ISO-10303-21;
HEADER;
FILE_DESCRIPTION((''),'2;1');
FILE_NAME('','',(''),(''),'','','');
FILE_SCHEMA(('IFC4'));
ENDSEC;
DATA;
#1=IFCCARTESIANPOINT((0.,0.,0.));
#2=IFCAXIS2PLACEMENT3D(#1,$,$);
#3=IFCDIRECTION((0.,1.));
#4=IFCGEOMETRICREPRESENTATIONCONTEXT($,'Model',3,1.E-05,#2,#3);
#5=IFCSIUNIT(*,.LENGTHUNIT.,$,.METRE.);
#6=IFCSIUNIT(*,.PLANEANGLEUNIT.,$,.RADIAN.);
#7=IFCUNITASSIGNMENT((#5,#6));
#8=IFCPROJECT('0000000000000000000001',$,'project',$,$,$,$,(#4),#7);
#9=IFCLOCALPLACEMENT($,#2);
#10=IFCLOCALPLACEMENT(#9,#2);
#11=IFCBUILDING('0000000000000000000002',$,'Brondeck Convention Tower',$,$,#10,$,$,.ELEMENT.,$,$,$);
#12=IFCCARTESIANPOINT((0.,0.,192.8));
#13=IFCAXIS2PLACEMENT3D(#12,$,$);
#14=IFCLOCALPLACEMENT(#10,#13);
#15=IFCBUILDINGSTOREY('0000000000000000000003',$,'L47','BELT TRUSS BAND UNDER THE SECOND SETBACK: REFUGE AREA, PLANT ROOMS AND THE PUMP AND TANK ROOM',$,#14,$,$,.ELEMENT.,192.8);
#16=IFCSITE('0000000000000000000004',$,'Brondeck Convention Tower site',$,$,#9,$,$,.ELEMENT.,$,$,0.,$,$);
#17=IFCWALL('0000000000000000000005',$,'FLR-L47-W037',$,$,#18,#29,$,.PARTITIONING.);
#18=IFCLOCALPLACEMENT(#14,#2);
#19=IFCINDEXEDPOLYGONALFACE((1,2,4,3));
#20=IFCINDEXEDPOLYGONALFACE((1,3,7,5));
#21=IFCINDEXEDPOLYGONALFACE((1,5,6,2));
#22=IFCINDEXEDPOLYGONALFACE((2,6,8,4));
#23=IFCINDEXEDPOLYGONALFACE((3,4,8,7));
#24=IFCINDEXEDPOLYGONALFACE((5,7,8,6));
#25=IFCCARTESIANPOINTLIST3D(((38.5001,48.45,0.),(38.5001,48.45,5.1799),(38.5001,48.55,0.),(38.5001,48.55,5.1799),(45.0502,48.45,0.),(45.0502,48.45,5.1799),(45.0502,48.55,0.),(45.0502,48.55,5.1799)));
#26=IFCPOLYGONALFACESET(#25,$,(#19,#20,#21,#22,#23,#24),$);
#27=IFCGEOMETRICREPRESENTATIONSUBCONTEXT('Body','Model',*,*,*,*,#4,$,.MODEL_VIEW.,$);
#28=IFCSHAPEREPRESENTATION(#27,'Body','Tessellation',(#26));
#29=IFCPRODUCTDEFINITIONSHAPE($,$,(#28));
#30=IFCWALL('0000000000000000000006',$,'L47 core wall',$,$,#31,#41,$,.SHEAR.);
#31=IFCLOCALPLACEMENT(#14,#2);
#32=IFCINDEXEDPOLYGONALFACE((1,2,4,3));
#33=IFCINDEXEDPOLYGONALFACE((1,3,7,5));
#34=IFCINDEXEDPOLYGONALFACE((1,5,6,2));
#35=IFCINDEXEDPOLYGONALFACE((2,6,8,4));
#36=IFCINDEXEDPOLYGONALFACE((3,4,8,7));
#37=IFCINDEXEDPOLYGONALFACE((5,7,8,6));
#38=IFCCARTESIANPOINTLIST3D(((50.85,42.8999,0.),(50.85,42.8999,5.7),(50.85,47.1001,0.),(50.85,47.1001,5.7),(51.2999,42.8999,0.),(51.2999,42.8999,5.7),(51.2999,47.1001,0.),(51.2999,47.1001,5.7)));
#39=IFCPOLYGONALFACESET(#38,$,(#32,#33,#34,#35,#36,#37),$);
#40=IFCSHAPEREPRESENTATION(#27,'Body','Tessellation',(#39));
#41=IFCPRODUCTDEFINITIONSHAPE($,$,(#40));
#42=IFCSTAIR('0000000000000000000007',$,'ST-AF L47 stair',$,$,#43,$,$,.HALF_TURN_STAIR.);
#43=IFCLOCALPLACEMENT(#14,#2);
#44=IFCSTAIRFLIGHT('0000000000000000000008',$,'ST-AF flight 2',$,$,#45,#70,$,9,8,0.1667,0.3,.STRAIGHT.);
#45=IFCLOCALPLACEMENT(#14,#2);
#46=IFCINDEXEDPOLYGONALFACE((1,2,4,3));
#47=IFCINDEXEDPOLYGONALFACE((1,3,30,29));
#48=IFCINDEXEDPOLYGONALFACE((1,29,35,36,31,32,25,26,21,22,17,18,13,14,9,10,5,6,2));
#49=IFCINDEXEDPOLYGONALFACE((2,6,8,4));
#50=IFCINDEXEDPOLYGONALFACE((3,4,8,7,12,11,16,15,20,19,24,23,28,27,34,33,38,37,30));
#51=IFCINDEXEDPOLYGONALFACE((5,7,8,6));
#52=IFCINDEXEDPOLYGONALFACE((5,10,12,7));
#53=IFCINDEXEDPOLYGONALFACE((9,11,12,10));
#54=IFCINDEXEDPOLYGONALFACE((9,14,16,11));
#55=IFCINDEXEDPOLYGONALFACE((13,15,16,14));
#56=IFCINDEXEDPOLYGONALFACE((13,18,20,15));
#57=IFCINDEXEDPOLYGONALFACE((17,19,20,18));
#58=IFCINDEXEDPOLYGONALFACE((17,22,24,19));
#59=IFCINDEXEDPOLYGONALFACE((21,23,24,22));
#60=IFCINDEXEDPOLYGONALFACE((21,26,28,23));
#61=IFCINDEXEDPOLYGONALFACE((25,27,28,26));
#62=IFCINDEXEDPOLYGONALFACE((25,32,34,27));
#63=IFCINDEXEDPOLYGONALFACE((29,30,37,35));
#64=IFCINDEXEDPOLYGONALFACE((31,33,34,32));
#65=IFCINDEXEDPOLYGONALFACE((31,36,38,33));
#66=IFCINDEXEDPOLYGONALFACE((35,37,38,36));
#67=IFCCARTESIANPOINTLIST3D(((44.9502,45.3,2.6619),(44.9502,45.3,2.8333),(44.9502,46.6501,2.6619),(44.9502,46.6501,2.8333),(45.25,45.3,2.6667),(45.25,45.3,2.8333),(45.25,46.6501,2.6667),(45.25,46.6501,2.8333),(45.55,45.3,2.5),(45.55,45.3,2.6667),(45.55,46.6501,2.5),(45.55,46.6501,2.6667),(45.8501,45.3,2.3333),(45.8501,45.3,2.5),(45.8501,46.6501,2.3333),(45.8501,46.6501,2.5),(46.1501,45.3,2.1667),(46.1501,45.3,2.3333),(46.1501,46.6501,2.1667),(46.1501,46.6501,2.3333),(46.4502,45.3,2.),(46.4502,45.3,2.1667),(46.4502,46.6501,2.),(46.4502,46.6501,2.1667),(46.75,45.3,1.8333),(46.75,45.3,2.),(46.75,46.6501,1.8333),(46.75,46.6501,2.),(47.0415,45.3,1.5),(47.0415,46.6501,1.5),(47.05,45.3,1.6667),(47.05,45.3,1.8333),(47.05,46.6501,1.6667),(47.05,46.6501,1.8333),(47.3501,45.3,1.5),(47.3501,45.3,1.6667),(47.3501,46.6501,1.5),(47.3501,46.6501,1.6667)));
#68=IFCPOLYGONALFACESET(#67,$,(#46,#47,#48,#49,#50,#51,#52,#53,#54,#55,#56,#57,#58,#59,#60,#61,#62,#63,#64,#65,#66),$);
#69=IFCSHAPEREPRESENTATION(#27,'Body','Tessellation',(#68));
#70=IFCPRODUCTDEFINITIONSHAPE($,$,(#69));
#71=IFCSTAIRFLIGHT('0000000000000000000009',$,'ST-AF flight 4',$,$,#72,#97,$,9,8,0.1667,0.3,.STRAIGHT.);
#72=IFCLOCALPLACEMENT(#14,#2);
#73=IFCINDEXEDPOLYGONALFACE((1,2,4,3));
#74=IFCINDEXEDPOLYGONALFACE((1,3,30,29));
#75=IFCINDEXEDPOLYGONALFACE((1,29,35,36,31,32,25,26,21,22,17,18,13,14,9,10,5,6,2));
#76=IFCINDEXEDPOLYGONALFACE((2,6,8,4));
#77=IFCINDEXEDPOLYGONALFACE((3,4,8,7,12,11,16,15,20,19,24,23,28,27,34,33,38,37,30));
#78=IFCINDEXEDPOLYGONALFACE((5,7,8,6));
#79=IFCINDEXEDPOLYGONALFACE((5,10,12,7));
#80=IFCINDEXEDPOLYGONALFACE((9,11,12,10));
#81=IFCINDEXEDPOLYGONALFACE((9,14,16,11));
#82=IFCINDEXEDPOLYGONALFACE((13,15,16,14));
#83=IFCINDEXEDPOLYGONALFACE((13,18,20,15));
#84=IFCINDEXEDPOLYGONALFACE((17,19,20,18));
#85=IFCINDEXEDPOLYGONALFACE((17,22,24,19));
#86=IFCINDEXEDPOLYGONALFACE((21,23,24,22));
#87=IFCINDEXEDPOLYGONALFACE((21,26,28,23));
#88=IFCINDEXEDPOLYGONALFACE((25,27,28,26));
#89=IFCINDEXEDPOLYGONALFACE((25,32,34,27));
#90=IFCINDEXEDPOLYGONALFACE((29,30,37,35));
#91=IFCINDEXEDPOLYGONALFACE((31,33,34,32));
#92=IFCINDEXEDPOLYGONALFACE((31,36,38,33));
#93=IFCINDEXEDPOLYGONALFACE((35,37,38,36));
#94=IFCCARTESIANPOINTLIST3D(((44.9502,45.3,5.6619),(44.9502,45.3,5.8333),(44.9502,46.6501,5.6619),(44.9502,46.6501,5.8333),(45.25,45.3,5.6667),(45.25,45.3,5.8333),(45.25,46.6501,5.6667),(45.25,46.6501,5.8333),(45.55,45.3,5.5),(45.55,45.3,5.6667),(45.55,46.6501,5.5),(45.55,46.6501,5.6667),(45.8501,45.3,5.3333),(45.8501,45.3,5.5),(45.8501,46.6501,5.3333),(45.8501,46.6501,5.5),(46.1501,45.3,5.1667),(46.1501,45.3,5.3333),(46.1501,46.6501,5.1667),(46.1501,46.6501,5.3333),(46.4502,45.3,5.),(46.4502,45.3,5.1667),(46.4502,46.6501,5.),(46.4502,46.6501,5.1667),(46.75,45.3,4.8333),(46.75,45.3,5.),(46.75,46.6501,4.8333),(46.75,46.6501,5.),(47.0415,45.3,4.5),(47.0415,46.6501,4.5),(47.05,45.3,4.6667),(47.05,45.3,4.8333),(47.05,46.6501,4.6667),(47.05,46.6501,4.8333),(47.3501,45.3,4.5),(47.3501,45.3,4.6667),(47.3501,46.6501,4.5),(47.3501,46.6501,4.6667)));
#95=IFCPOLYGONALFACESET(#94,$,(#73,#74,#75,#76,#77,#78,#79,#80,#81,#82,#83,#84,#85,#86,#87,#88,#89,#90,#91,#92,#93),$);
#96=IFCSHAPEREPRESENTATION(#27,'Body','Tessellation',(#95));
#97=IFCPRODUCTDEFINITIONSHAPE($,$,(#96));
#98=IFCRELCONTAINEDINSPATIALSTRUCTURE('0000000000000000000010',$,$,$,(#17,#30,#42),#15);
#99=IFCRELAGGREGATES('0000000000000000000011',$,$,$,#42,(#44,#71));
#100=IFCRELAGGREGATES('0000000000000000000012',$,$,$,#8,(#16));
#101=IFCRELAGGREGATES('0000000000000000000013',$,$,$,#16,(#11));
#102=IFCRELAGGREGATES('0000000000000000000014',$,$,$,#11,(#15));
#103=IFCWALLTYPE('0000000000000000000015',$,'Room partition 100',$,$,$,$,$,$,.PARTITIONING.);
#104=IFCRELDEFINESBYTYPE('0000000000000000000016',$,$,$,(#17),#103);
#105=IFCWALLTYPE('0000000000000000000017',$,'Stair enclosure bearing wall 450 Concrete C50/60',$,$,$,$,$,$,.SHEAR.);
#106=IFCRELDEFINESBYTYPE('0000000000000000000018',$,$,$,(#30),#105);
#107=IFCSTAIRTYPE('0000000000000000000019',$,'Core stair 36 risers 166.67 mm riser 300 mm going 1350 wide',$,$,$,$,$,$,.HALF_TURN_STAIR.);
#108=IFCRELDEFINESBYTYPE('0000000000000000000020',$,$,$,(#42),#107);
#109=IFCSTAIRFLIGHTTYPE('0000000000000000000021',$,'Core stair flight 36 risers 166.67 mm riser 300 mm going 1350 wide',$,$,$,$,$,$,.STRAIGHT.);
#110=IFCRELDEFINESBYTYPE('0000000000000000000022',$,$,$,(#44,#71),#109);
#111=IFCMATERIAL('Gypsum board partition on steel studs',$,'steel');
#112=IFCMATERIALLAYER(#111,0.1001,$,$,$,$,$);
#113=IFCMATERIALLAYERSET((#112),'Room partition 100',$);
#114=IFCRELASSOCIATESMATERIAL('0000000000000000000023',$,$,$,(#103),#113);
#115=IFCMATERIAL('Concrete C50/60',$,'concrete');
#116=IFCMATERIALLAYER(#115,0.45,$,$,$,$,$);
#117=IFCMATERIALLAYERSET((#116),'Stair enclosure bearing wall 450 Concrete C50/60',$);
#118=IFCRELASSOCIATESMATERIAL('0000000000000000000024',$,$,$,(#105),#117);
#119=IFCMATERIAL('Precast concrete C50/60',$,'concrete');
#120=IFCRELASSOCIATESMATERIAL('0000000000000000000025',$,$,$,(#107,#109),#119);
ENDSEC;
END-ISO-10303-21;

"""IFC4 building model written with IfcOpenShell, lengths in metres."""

from ifc_helpers import new_model, si_unit, direction, frame, frame_2d, origin, place, context, subcontext, project, spatial, polyline, rectangle, outline, extrude, material, layer, layer_set, type_object, element, aggregate, save


model = new_model("IFC4")

# Units and contexts
model_context = context("Model", 3, precision=1e-05, world=origin(), true_north=direction((0.0, 1.0)))
body_context = subcontext(model_context, "Body", "Model", "MODEL_VIEW")
ifc_project = project(units=[si_unit("LENGTHUNIT", "METRE"), si_unit("PLANEANGLEUNIT", "RADIAN")], contexts=[model_context])

# Site, building, storey
site_placement = place(None, origin())
site = spatial("IfcSite", under=ifc_project, at=site_placement, Name="Brondeck Convention Tower site", CompositionType="ELEMENT", RefElevation=0.0)
building_placement = place(site_placement, origin())
building = spatial("IfcBuilding", under=site, at=building_placement, Name="Brondeck Convention Tower", CompositionType="ELEMENT")
storey_placement = place(building_placement, frame((0.0, 0.0, 192.8)))
storey = spatial("IfcBuildingStorey", under=building, at=storey_placement, Name="L47", Description="BELT TRUSS BAND UNDER THE SECOND SETBACK: REFUGE AREA, PLANT ROOMS AND THE PUMP AND TANK ROOM", CompositionType="ELEMENT", Elevation=192.8)

# Walls
ifc_material_1 = material(Name="Gypsum board partition on steel studs", Category="steel")
ifc_layer_1 = layer(ifc_material_1, 0.1001)
ifc_layer_set_1 = layer_set([ifc_layer_1], Name="Room partition 100")
wall_type_1 = type_object("IfcWallType", Name="Room partition 100", PredefinedType="PARTITIONING", material=ifc_layer_set_1)
wall_1_placement = place(storey_placement, frame((45.05, 48.5, 0.0), z_axis=(0.0, 0.0, 1.0), x_axis=(-1.0, 0.0, 0.0)))
element("IfcWall", 1, at=wall_1_placement, inside=storey, type_object=wall_type_1, Name="FLR-L47-W037", PredefinedType="PARTITIONING", context=body_context, shape_type="SweptSolid", body=[
    extrude(rectangle(XDim=6.55, YDim=0.1001, at=frame_2d((3.2749, 0.0))), origin(), (0.0, 0.0, 1.0), 5.1799),
])
ifc_material_2 = material(Name="Concrete C50/60", Category="concrete")
ifc_layer_2 = layer(ifc_material_2, 0.45)
ifc_layer_set_2 = layer_set([ifc_layer_2], Name="Stair enclosure bearing wall 450 Concrete C50/60")
wall_type_2 = type_object("IfcWallType", Name="Stair enclosure bearing wall 450 Concrete C50/60", PredefinedType="SHEAR", material=ifc_layer_set_2)
wall_2_placement = place(storey_placement, frame((51.075, 42.8999, 0.0), z_axis=(0.0, 0.0, 1.0), x_axis=(0.0, 1.0, 0.0)))
element("IfcWall", 2, at=wall_2_placement, inside=storey, type_object=wall_type_2, Name="L47 core wall", PredefinedType="SHEAR", context=body_context, shape_type="SweptSolid", body=[
    extrude(rectangle(XDim=4.2002, YDim=0.45, at=frame_2d((2.1001, 0.0))), origin(), (0.0, 0.0, 1.0), 5.7),
])

# Stair, stair flights
ifc_material_3 = material(Name="Precast concrete C50/60", Category="concrete")
stair_type = type_object("IfcStairType", Name="Core stair 36 risers 166.67 mm riser 300 mm going 1350 wide", PredefinedType="HALF_TURN_STAIR", material=ifc_material_3)
stair_placement = place(storey_placement, origin())
stair = element("IfcStair", 3, at=stair_placement, inside=storey, type_object=stair_type, Name="ST-AF L47 stair", PredefinedType="HALF_TURN_STAIR")
stair_flight_type = type_object("IfcStairFlightType", Name="Core stair flight 36 risers 166.67 mm riser 300 mm going 1350 wide", PredefinedType="STRAIGHT", material=ifc_material_3)
stair_flight_1_placement = place(storey_placement, frame((47.3501, 45.9751, 1.5), z_axis=(0.0, 0.0, 1.0), x_axis=(-1.0, 0.0, 0.0)))
stair_flight_1 = element("IfcStairFlight", 4, at=stair_flight_1_placement, type_object=stair_flight_type, Name="ST-AF flight 2", NumberOfRisers=9, NumberOfTreads=8, PredefinedType="STRAIGHT", RiserHeight=0.1667, TreadLength=0.3, context=body_context, shape_type="SweptSolid", body=[
    extrude(outline(polyline([(0.0, 0.0), (0.0, 0.1667), (0.3, 0.1667), (0.3, 0.3333), (0.6001, 0.3333), (0.6001, 0.5), (0.8999, 0.5), (0.8999, 0.6667), (1.2, 0.6667), (1.2, 0.8333), (1.5, 0.8333), (1.5, 1.0), (1.8, 1.0), (1.8, 1.1667), (2.1001, 1.1667), (2.1001, 1.3333), (2.3999, 1.3333), (2.3999, 1.5), (2.3999, 1.1619), (0.3086, 0.0), (0.0, 0.0)])), frame((0.0, 0.675, 0.0), z_axis=(0.0, -1.0, 0.0), x_axis=(1.0, 0.0, 0.0)), (0.0, 0.0, 1.0), 1.3501),
])
stair_flight_2_placement = place(storey_placement, frame((47.3501, 45.9751, 4.5), z_axis=(0.0, 0.0, 1.0), x_axis=(-1.0, 0.0, 0.0)))
stair_flight_2 = element("IfcStairFlight", 5, at=stair_flight_2_placement, type_object=stair_flight_type, Name="ST-AF flight 4", NumberOfRisers=9, NumberOfTreads=8, PredefinedType="STRAIGHT", RiserHeight=0.1667, TreadLength=0.3, context=body_context, shape_type="SweptSolid", body=[
    extrude(outline(polyline([(0.0, 0.0), (0.0, 0.1667), (0.3, 0.1667), (0.3, 0.3333), (0.6001, 0.3333), (0.6001, 0.5), (0.8999, 0.5), (0.8999, 0.6667), (1.2, 0.6667), (1.2, 0.8333), (1.5, 0.8333), (1.5, 1.0), (1.8, 1.0), (1.8, 1.1667), (2.1001, 1.1667), (2.1001, 1.3333), (2.3999, 1.3333), (2.3999, 1.5), (2.3999, 1.1619), (0.3086, 0.0), (0.0, 0.0)])), frame((0.0, 0.675, 0.0), z_axis=(0.0, -1.0, 0.0), x_axis=(1.0, 0.0, 0.0)), (0.0, 0.0, 1.0), 1.3501),
])
aggregate(stair, [stair_flight_1, stair_flight_2])

save(model, "model.ifc")
